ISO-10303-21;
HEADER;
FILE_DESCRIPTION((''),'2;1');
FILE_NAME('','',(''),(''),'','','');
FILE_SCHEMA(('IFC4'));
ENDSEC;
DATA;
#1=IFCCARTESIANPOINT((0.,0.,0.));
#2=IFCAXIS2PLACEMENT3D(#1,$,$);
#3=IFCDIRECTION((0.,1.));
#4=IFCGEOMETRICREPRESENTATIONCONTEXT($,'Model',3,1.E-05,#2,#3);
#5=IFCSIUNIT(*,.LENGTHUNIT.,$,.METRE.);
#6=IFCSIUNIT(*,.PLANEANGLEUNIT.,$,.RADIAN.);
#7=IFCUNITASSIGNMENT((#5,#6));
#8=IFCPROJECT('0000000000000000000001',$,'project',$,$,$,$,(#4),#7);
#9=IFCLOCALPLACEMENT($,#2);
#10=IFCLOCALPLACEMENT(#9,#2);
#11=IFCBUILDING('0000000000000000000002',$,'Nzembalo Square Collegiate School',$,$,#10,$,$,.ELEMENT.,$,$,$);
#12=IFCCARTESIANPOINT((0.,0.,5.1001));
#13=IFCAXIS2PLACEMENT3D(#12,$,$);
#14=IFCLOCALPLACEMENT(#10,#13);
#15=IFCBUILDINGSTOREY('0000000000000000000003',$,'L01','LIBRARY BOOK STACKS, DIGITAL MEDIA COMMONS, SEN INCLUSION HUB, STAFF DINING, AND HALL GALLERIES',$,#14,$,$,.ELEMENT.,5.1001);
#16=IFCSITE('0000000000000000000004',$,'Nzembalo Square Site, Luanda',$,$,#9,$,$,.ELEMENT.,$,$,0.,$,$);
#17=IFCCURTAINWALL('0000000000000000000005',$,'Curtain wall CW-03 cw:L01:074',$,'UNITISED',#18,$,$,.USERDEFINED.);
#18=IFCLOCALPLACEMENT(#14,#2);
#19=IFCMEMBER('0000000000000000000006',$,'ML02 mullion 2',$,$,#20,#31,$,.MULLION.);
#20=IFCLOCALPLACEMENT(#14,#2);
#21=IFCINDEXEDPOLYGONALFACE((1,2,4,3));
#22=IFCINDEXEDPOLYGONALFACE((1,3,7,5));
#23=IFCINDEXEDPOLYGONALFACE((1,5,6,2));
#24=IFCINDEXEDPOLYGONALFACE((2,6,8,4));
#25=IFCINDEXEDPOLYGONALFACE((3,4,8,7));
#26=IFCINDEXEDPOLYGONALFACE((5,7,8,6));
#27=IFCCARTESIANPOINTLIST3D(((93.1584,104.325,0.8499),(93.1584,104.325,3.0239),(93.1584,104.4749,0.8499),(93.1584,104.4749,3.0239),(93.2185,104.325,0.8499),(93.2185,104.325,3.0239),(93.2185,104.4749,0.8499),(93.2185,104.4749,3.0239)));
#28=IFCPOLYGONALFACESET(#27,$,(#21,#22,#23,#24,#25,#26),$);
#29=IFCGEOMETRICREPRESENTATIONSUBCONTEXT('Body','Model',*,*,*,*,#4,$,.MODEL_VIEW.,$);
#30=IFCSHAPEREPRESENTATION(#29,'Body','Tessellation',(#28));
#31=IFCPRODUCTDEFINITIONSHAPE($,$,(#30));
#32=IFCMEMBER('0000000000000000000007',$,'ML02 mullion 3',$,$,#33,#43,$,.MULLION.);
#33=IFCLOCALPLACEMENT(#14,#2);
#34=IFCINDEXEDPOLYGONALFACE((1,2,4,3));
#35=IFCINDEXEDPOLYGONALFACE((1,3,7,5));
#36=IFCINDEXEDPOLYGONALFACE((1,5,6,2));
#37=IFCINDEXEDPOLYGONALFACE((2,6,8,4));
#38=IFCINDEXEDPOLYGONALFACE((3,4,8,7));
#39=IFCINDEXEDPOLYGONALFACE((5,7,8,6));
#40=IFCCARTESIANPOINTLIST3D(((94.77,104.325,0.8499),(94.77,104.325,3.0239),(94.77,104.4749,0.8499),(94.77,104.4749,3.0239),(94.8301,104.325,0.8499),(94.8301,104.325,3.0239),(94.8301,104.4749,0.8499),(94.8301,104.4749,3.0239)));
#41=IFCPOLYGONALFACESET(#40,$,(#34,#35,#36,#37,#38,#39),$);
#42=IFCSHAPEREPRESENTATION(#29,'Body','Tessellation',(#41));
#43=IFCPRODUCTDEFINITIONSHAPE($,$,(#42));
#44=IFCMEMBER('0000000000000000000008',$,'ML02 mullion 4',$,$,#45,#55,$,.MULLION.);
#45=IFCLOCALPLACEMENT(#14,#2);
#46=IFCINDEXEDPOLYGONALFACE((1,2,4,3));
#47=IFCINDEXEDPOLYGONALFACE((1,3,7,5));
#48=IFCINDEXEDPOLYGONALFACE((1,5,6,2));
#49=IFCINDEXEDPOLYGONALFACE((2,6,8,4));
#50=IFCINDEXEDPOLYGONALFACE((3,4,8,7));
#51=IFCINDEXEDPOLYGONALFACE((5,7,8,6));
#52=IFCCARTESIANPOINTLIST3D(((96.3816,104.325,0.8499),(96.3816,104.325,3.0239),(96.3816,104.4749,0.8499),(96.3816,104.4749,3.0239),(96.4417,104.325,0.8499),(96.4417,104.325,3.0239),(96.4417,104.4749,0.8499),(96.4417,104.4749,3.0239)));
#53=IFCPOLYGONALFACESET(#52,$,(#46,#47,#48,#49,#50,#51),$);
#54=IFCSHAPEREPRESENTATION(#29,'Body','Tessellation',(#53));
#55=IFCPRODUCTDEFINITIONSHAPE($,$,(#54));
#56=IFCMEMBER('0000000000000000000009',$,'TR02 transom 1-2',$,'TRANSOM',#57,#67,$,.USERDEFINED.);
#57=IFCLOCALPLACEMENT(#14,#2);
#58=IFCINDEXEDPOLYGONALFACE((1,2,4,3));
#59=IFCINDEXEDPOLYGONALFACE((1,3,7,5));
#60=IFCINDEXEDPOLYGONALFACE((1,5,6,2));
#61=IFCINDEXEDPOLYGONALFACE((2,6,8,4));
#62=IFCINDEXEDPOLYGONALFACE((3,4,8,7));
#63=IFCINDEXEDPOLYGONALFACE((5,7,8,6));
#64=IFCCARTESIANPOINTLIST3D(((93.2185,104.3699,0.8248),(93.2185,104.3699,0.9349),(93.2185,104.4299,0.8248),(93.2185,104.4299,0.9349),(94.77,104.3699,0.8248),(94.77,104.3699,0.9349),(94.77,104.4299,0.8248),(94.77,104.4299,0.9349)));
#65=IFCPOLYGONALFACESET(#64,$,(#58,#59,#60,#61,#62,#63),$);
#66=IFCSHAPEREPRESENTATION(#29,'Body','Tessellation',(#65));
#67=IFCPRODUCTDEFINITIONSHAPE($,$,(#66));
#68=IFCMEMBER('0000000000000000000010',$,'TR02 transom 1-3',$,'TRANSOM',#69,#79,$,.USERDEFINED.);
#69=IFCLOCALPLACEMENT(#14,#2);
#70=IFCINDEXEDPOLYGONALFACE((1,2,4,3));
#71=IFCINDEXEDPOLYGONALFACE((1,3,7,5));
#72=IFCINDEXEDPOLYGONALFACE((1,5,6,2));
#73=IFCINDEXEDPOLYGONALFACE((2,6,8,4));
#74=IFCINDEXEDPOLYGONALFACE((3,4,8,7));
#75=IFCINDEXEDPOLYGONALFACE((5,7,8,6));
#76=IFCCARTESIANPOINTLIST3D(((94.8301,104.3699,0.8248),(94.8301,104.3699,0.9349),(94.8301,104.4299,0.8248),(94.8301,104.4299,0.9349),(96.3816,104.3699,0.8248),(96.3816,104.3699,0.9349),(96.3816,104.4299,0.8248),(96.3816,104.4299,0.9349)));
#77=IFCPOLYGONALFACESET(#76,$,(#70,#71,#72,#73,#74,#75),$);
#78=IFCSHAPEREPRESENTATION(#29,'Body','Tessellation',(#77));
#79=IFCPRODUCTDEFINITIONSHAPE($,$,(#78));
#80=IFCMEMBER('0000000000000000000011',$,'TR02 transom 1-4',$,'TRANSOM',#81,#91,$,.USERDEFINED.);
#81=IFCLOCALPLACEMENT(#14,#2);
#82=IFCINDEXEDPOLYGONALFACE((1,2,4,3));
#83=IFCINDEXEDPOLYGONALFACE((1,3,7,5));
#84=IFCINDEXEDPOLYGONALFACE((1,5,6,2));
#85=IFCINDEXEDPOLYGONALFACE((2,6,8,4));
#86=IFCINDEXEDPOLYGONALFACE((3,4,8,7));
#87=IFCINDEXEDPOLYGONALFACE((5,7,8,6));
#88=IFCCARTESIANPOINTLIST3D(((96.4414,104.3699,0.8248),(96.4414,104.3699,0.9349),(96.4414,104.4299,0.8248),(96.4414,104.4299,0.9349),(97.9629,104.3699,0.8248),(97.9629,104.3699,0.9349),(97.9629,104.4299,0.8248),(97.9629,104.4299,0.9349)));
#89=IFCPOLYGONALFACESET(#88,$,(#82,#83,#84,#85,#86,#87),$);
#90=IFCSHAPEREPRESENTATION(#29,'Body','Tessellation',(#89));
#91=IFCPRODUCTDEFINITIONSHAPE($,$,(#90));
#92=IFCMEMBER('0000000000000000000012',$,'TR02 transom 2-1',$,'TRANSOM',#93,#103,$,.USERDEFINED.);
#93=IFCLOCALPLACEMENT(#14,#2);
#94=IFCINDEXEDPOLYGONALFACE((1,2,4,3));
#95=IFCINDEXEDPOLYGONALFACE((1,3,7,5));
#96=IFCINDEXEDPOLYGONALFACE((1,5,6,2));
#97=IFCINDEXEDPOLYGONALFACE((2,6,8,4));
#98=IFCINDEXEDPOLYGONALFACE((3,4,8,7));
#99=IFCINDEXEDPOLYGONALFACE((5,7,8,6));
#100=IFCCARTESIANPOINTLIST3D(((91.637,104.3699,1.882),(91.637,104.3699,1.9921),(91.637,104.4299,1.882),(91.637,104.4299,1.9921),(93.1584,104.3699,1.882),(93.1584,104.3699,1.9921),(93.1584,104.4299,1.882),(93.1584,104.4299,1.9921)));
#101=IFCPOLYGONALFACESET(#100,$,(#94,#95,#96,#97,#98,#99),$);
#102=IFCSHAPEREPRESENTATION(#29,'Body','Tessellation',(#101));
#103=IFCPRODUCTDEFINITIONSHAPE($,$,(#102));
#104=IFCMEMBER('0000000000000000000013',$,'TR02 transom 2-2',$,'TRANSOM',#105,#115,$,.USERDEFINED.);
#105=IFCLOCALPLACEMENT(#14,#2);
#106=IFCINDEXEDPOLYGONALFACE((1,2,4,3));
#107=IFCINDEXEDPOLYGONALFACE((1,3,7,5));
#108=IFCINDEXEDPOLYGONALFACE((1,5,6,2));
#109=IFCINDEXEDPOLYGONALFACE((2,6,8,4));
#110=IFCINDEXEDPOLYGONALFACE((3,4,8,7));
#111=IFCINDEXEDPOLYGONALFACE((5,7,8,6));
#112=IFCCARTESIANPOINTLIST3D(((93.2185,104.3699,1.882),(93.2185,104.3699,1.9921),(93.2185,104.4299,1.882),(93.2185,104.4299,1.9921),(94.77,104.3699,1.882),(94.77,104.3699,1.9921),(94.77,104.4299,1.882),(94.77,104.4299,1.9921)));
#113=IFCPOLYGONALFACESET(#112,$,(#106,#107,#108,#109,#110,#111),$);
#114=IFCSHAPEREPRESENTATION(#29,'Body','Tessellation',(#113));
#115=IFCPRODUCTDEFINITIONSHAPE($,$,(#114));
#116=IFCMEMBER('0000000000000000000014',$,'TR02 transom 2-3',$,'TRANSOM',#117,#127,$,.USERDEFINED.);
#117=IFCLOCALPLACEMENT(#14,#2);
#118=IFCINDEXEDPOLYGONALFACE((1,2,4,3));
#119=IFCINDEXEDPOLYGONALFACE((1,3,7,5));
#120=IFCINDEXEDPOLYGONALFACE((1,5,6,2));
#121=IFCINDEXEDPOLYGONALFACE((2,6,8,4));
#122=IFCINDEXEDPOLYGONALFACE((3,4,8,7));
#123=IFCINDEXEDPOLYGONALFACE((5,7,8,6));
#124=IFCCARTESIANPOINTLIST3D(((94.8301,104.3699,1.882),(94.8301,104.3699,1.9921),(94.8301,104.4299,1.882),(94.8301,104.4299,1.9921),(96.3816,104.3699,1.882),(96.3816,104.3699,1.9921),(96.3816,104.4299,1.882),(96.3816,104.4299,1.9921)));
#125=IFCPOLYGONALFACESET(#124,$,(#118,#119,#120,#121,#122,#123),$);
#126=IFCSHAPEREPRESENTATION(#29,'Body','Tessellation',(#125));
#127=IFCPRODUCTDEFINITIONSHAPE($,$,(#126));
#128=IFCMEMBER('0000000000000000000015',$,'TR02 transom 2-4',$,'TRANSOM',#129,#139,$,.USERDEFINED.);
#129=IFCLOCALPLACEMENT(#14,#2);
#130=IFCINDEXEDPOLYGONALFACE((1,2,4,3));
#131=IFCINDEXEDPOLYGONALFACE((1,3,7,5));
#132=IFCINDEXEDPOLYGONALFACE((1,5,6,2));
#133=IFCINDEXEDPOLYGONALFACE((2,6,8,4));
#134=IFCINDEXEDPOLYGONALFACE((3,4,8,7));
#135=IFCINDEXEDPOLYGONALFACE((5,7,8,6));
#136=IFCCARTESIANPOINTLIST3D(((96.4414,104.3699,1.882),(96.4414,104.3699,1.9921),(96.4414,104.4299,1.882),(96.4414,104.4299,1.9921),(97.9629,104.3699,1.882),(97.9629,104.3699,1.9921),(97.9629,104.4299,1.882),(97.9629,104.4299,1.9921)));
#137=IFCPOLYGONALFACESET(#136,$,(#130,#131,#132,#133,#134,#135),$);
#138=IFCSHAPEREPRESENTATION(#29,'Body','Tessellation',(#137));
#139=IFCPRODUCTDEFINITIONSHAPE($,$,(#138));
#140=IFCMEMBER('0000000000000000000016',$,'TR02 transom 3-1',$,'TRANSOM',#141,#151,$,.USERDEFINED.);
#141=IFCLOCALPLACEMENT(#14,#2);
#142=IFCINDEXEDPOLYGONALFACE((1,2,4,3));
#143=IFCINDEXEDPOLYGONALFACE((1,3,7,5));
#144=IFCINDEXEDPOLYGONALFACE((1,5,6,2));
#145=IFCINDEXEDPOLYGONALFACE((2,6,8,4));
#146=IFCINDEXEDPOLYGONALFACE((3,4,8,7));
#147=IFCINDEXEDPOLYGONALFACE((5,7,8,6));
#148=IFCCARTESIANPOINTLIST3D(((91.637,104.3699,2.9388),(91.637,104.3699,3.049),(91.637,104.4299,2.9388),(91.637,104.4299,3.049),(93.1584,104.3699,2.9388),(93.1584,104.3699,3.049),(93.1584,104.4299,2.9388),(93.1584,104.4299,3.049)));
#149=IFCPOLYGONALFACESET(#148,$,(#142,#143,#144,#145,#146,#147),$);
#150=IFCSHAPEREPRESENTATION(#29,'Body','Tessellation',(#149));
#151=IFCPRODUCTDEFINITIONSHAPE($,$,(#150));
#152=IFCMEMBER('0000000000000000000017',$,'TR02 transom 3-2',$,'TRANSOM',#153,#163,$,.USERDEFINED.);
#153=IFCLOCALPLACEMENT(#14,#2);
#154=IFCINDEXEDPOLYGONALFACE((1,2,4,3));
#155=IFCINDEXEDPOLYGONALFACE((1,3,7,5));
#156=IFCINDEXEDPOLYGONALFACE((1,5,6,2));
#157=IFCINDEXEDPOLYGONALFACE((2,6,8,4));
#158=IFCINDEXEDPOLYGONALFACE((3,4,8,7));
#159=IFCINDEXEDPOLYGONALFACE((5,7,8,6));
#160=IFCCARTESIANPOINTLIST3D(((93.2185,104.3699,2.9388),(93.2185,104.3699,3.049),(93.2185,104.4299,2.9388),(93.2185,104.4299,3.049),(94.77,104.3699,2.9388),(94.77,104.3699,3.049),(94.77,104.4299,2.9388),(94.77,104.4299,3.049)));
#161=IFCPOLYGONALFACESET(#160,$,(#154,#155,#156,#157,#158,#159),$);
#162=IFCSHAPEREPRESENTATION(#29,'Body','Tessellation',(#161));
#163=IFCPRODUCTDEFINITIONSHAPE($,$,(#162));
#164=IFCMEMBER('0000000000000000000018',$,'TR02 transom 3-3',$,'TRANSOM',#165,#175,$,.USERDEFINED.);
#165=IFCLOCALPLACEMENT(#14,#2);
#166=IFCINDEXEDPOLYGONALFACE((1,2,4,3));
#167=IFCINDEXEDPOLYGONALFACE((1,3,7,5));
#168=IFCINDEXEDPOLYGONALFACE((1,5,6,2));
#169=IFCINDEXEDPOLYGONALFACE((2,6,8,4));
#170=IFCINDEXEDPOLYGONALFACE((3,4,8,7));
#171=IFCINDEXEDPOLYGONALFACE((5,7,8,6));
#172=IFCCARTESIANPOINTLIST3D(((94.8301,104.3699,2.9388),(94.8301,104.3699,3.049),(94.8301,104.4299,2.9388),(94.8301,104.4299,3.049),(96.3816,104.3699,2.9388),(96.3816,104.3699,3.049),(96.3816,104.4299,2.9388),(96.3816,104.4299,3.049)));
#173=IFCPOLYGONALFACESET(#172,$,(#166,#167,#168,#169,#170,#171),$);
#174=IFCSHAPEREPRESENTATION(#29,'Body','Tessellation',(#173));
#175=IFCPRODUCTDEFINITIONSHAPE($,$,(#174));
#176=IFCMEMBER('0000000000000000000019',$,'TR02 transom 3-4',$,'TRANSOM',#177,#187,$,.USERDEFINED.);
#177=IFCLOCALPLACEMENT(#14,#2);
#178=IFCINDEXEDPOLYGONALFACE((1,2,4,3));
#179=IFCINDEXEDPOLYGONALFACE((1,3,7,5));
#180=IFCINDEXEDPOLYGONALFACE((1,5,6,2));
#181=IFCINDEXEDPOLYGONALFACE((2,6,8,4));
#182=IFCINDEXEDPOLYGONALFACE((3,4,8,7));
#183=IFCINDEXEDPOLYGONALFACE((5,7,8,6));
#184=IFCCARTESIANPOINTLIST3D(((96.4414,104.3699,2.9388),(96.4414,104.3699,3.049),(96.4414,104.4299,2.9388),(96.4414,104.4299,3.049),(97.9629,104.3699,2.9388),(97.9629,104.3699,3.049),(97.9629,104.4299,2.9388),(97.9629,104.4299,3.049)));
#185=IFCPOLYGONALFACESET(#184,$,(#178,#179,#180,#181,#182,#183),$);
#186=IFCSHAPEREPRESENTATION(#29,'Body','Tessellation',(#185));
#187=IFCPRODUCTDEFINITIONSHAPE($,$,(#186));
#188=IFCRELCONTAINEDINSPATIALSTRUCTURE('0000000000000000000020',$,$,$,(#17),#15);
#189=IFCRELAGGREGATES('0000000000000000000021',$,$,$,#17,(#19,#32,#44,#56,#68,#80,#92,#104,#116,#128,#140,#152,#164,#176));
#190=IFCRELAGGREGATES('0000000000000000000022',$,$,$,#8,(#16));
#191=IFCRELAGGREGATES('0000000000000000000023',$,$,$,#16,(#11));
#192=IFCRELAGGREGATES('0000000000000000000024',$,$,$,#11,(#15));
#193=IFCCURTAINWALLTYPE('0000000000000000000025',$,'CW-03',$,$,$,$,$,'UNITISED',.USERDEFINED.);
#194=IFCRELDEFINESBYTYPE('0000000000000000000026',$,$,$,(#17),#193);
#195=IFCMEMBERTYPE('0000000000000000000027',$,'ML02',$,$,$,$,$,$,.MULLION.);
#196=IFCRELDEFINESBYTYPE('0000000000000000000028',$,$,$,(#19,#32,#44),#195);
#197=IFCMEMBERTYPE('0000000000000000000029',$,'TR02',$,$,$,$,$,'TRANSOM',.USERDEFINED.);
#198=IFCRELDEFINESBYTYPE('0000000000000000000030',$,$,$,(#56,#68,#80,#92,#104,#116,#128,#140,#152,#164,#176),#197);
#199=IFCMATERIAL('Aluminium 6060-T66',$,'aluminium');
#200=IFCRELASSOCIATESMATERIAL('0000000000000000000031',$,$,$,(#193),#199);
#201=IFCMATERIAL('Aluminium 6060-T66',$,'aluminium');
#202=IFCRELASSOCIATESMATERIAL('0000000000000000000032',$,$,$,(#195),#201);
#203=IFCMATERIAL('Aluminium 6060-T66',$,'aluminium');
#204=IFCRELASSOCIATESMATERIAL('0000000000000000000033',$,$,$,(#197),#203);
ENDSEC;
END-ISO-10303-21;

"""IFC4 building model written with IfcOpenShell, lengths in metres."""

from ifc_helpers import new_model, si_unit, direction, frame, origin, origin_2d, place, context, subcontext, project, spatial, rectangle, extrude, material, material_profile, profile_set, type_object, element, aggregate, save


model = new_model("IFC4")

# Units and contexts
model_context = context("Model", 3, precision=1e-05, world=origin(), true_north=direction((0.0, 1.0)))
body_context = subcontext(model_context, "Body", "Model", "MODEL_VIEW")
ifc_project = project(units=[si_unit("LENGTHUNIT", "METRE"), si_unit("PLANEANGLEUNIT", "RADIAN")], contexts=[model_context])

# Site, building, storey
site_placement = place(None, origin())
site = spatial("IfcSite", under=ifc_project, at=site_placement, Name="Nzembalo Square Site, Luanda", CompositionType="ELEMENT", RefElevation=0.0)
building_placement = place(site_placement, origin())
building = spatial("IfcBuilding", under=site, at=building_placement, Name="Nzembalo Square Collegiate School", CompositionType="ELEMENT")
storey_placement = place(building_placement, frame((0.0, 0.0, 5.1001)))
storey = spatial("IfcBuildingStorey", under=building, at=storey_placement, Name="L01", Description="LIBRARY BOOK STACKS, DIGITAL MEDIA COMMONS, SEN INCLUSION HUB, STAFF DINING, AND HALL GALLERIES", CompositionType="ELEMENT", Elevation=5.1001)

# Curtain wall, members
ifc_material_1 = material(Name="Aluminium 6060-T66", Category="aluminium")
curtain_wall_type = type_object("IfcCurtainWallType", Name="CW-03", ElementType="UNITISED", PredefinedType="USERDEFINED", material=ifc_material_1)
curtain_wall_placement = place(storey_placement, origin())
curtain_wall = element("IfcCurtainWall", 1, at=curtain_wall_placement, inside=storey, type_object=curtain_wall_type, Name="Curtain wall CW-03 cw:L01:074", ObjectType="UNITISED", PredefinedType="USERDEFINED")
ifc_material_2 = material(Name="Aluminium 6060-T66", Category="aluminium")
ifc_material_profile_1 = material_profile(ifc_material_2, rectangle(XDim=0.0601, YDim=0.1499, at=origin_2d()), Name="ALU M60x150")
ifc_profile_set_1 = profile_set([ifc_material_profile_1], Name="Aluminium 6060-T66")
member_type_1 = type_object("IfcMemberType", Name="ML02", PredefinedType="MULLION", material=ifc_profile_set_1)
member_1_placement = place(storey_placement, frame((93.1885, 104.3999, 0.8499), z_axis=(0.0, 0.0, 1.0), x_axis=(1.0, 0.0, 0.0)))
member_1 = element("IfcMember", 2, at=member_1_placement, type_object=member_type_1, Name="ML02 mullion 2", PredefinedType="MULLION", context=body_context, shape_type="SweptSolid", body=[
    extrude(rectangle(XDim=0.0601, YDim=0.1499, at=origin_2d()), origin(), (0.0, 0.0, 1.0), 2.1741),
])
member_2_placement = place(storey_placement, frame((94.8, 104.3999, 0.8499), z_axis=(0.0, 0.0, 1.0), x_axis=(1.0, 0.0, 0.0)))
member_2 = element("IfcMember", 3, at=member_2_placement, type_object=member_type_1, Name="ML02 mullion 3", PredefinedType="MULLION", context=body_context, shape_type="SweptSolid", body=[
    extrude(rectangle(XDim=0.0601, YDim=0.1499, at=origin_2d()), origin(), (0.0, 0.0, 1.0), 2.1741),
])
member_3_placement = place(storey_placement, frame((96.4116, 104.3999, 0.8499), z_axis=(0.0, 0.0, 1.0), x_axis=(1.0, 0.0, 0.0)))
member_3 = element("IfcMember", 4, at=member_3_placement, type_object=member_type_1, Name="ML02 mullion 4", PredefinedType="MULLION", context=body_context, shape_type="SweptSolid", body=[
    extrude(rectangle(XDim=0.0601, YDim=0.1499, at=origin_2d()), origin(), (0.0, 0.0, 1.0), 2.1741),
])
ifc_material_3 = material(Name="Aluminium 6060-T66", Category="aluminium")
ifc_material_profile_2 = material_profile(ifc_material_3, rectangle(XDim=0.0601, YDim=0.1101, at=origin_2d()), Name="ALU T60x110")
ifc_profile_set_2 = profile_set([ifc_material_profile_2], Name="Aluminium 6060-T66")
member_type_2 = type_object("IfcMemberType", Name="TR02", ElementType="TRANSOM", PredefinedType="USERDEFINED", material=ifc_profile_set_2)
member_4_placement = place(storey_placement, frame((93.2185, 104.3999, 0.8799), z_axis=(1.0, 0.0, 0.0), x_axis=(0.0, 1.0, 0.0)))
member_4 = element("IfcMember", 5, at=member_4_placement, type_object=member_type_2, Name="TR02 transom 1-2", ObjectType="TRANSOM", PredefinedType="USERDEFINED", context=body_context, shape_type="SweptSolid", body=[
    extrude(rectangle(XDim=0.0601, YDim=0.1101, at=origin_2d()), origin(), (0.0, 0.0, 1.0), 1.5515),
])
member_5_placement = place(storey_placement, frame((94.8301, 104.3999, 0.8799), z_axis=(1.0, 0.0, 0.0), x_axis=(0.0, 1.0, 0.0)))
member_5 = element("IfcMember", 6, at=member_5_placement, type_object=member_type_2, Name="TR02 transom 1-3", ObjectType="TRANSOM", PredefinedType="USERDEFINED", context=body_context, shape_type="SweptSolid", body=[
    extrude(rectangle(XDim=0.0601, YDim=0.1101, at=origin_2d()), origin(), (0.0, 0.0, 1.0), 1.5515),
])
member_6_placement = place(storey_placement, frame((96.4414, 104.3999, 0.8799), z_axis=(1.0, 0.0, 0.0), x_axis=(0.0, 1.0, 0.0)))
member_6 = element("IfcMember", 7, at=member_6_placement, type_object=member_type_2, Name="TR02 transom 1-4", ObjectType="TRANSOM", PredefinedType="USERDEFINED", context=body_context, shape_type="SweptSolid", body=[
    extrude(rectangle(XDim=0.0601, YDim=0.1101, at=origin_2d()), origin(), (0.0, 0.0, 1.0), 1.5215),
])
member_7_placement = place(storey_placement, frame((91.637, 104.3999, 1.937), z_axis=(1.0, 0.0, 0.0), x_axis=(0.0, 1.0, 0.0)))
member_7 = element("IfcMember", 8, at=member_7_placement, type_object=member_type_2, Name="TR02 transom 2-1", ObjectType="TRANSOM", PredefinedType="USERDEFINED", context=body_context, shape_type="SweptSolid", body=[
    extrude(rectangle(XDim=0.0601, YDim=0.1101, at=origin_2d()), origin(), (0.0, 0.0, 1.0), 1.5215),
])
member_8_placement = place(storey_placement, frame((93.2185, 104.3999, 1.937), z_axis=(1.0, 0.0, 0.0), x_axis=(0.0, 1.0, 0.0)))
member_8 = element("IfcMember", 9, at=member_8_placement, type_object=member_type_2, Name="TR02 transom 2-2", ObjectType="TRANSOM", PredefinedType="USERDEFINED", context=body_context, shape_type="SweptSolid", body=[
    extrude(rectangle(XDim=0.0601, YDim=0.1101, at=origin_2d()), origin(), (0.0, 0.0, 1.0), 1.5515),
])
member_9_placement = place(storey_placement, frame((94.8301, 104.3999, 1.937), z_axis=(1.0, 0.0, 0.0), x_axis=(0.0, 1.0, 0.0)))
member_9 = element("IfcMember", 10, at=member_9_placement, type_object=member_type_2, Name="TR02 transom 2-3", ObjectType="TRANSOM", PredefinedType="USERDEFINED", context=body_context, shape_type="SweptSolid", body=[
    extrude(rectangle(XDim=0.0601, YDim=0.1101, at=origin_2d()), origin(), (0.0, 0.0, 1.0), 1.5515),
])
member_10_placement = place(storey_placement, frame((96.4414, 104.3999, 1.937), z_axis=(1.0, 0.0, 0.0), x_axis=(0.0, 1.0, 0.0)))
member_10 = element("IfcMember", 11, at=member_10_placement, type_object=member_type_2, Name="TR02 transom 2-4", ObjectType="TRANSOM", PredefinedType="USERDEFINED", context=body_context, shape_type="SweptSolid", body=[
    extrude(rectangle(XDim=0.0601, YDim=0.1101, at=origin_2d()), origin(), (0.0, 0.0, 1.0), 1.5215),
])
member_11_placement = place(storey_placement, frame((91.637, 104.3999, 2.9939), z_axis=(1.0, 0.0, 0.0), x_axis=(0.0, 1.0, 0.0)))
member_11 = element("IfcMember", 12, at=member_11_placement, type_object=member_type_2, Name="TR02 transom 3-1", ObjectType="TRANSOM", PredefinedType="USERDEFINED", context=body_context, shape_type="SweptSolid", body=[
    extrude(rectangle(XDim=0.0601, YDim=0.1101, at=origin_2d()), origin(), (0.0, 0.0, 1.0), 1.5215),
])
member_12_placement = place(storey_placement, frame((93.2185, 104.3999, 2.9939), z_axis=(1.0, 0.0, 0.0), x_axis=(0.0, 1.0, 0.0)))
member_12 = element("IfcMember", 13, at=member_12_placement, type_object=member_type_2, Name="TR02 transom 3-2", ObjectType="TRANSOM", PredefinedType="USERDEFINED", context=body_context, shape_type="SweptSolid", body=[
    extrude(rectangle(XDim=0.0601, YDim=0.1101, at=origin_2d()), origin(), (0.0, 0.0, 1.0), 1.5515),
])
member_13_placement = place(storey_placement, frame((94.8301, 104.3999, 2.9939), z_axis=(1.0, 0.0, 0.0), x_axis=(0.0, 1.0, 0.0)))
member_13 = element("IfcMember", 14, at=member_13_placement, type_object=member_type_2, Name="TR02 transom 3-3", ObjectType="TRANSOM", PredefinedType="USERDEFINED", context=body_context, shape_type="SweptSolid", body=[
    extrude(rectangle(XDim=0.0601, YDim=0.1101, at=origin_2d()), origin(), (0.0, 0.0, 1.0), 1.5515),
])
member_14_placement = place(storey_placement, frame((96.4414, 104.3999, 2.9939), z_axis=(1.0, 0.0, 0.0), x_axis=(0.0, 1.0, 0.0)))
member_14 = element("IfcMember", 15, at=member_14_placement, type_object=member_type_2, Name="TR02 transom 3-4", ObjectType="TRANSOM", PredefinedType="USERDEFINED", context=body_context, shape_type="SweptSolid", body=[
    extrude(rectangle(XDim=0.0601, YDim=0.1101, at=origin_2d()), origin(), (0.0, 0.0, 1.0), 1.5215),
])
aggregate(curtain_wall, [member_1, member_2, member_3, member_4, member_5, member_6, member_7, member_8, member_9, member_10, member_11, member_12, member_13, member_14])

save(model, "model.ifc")
